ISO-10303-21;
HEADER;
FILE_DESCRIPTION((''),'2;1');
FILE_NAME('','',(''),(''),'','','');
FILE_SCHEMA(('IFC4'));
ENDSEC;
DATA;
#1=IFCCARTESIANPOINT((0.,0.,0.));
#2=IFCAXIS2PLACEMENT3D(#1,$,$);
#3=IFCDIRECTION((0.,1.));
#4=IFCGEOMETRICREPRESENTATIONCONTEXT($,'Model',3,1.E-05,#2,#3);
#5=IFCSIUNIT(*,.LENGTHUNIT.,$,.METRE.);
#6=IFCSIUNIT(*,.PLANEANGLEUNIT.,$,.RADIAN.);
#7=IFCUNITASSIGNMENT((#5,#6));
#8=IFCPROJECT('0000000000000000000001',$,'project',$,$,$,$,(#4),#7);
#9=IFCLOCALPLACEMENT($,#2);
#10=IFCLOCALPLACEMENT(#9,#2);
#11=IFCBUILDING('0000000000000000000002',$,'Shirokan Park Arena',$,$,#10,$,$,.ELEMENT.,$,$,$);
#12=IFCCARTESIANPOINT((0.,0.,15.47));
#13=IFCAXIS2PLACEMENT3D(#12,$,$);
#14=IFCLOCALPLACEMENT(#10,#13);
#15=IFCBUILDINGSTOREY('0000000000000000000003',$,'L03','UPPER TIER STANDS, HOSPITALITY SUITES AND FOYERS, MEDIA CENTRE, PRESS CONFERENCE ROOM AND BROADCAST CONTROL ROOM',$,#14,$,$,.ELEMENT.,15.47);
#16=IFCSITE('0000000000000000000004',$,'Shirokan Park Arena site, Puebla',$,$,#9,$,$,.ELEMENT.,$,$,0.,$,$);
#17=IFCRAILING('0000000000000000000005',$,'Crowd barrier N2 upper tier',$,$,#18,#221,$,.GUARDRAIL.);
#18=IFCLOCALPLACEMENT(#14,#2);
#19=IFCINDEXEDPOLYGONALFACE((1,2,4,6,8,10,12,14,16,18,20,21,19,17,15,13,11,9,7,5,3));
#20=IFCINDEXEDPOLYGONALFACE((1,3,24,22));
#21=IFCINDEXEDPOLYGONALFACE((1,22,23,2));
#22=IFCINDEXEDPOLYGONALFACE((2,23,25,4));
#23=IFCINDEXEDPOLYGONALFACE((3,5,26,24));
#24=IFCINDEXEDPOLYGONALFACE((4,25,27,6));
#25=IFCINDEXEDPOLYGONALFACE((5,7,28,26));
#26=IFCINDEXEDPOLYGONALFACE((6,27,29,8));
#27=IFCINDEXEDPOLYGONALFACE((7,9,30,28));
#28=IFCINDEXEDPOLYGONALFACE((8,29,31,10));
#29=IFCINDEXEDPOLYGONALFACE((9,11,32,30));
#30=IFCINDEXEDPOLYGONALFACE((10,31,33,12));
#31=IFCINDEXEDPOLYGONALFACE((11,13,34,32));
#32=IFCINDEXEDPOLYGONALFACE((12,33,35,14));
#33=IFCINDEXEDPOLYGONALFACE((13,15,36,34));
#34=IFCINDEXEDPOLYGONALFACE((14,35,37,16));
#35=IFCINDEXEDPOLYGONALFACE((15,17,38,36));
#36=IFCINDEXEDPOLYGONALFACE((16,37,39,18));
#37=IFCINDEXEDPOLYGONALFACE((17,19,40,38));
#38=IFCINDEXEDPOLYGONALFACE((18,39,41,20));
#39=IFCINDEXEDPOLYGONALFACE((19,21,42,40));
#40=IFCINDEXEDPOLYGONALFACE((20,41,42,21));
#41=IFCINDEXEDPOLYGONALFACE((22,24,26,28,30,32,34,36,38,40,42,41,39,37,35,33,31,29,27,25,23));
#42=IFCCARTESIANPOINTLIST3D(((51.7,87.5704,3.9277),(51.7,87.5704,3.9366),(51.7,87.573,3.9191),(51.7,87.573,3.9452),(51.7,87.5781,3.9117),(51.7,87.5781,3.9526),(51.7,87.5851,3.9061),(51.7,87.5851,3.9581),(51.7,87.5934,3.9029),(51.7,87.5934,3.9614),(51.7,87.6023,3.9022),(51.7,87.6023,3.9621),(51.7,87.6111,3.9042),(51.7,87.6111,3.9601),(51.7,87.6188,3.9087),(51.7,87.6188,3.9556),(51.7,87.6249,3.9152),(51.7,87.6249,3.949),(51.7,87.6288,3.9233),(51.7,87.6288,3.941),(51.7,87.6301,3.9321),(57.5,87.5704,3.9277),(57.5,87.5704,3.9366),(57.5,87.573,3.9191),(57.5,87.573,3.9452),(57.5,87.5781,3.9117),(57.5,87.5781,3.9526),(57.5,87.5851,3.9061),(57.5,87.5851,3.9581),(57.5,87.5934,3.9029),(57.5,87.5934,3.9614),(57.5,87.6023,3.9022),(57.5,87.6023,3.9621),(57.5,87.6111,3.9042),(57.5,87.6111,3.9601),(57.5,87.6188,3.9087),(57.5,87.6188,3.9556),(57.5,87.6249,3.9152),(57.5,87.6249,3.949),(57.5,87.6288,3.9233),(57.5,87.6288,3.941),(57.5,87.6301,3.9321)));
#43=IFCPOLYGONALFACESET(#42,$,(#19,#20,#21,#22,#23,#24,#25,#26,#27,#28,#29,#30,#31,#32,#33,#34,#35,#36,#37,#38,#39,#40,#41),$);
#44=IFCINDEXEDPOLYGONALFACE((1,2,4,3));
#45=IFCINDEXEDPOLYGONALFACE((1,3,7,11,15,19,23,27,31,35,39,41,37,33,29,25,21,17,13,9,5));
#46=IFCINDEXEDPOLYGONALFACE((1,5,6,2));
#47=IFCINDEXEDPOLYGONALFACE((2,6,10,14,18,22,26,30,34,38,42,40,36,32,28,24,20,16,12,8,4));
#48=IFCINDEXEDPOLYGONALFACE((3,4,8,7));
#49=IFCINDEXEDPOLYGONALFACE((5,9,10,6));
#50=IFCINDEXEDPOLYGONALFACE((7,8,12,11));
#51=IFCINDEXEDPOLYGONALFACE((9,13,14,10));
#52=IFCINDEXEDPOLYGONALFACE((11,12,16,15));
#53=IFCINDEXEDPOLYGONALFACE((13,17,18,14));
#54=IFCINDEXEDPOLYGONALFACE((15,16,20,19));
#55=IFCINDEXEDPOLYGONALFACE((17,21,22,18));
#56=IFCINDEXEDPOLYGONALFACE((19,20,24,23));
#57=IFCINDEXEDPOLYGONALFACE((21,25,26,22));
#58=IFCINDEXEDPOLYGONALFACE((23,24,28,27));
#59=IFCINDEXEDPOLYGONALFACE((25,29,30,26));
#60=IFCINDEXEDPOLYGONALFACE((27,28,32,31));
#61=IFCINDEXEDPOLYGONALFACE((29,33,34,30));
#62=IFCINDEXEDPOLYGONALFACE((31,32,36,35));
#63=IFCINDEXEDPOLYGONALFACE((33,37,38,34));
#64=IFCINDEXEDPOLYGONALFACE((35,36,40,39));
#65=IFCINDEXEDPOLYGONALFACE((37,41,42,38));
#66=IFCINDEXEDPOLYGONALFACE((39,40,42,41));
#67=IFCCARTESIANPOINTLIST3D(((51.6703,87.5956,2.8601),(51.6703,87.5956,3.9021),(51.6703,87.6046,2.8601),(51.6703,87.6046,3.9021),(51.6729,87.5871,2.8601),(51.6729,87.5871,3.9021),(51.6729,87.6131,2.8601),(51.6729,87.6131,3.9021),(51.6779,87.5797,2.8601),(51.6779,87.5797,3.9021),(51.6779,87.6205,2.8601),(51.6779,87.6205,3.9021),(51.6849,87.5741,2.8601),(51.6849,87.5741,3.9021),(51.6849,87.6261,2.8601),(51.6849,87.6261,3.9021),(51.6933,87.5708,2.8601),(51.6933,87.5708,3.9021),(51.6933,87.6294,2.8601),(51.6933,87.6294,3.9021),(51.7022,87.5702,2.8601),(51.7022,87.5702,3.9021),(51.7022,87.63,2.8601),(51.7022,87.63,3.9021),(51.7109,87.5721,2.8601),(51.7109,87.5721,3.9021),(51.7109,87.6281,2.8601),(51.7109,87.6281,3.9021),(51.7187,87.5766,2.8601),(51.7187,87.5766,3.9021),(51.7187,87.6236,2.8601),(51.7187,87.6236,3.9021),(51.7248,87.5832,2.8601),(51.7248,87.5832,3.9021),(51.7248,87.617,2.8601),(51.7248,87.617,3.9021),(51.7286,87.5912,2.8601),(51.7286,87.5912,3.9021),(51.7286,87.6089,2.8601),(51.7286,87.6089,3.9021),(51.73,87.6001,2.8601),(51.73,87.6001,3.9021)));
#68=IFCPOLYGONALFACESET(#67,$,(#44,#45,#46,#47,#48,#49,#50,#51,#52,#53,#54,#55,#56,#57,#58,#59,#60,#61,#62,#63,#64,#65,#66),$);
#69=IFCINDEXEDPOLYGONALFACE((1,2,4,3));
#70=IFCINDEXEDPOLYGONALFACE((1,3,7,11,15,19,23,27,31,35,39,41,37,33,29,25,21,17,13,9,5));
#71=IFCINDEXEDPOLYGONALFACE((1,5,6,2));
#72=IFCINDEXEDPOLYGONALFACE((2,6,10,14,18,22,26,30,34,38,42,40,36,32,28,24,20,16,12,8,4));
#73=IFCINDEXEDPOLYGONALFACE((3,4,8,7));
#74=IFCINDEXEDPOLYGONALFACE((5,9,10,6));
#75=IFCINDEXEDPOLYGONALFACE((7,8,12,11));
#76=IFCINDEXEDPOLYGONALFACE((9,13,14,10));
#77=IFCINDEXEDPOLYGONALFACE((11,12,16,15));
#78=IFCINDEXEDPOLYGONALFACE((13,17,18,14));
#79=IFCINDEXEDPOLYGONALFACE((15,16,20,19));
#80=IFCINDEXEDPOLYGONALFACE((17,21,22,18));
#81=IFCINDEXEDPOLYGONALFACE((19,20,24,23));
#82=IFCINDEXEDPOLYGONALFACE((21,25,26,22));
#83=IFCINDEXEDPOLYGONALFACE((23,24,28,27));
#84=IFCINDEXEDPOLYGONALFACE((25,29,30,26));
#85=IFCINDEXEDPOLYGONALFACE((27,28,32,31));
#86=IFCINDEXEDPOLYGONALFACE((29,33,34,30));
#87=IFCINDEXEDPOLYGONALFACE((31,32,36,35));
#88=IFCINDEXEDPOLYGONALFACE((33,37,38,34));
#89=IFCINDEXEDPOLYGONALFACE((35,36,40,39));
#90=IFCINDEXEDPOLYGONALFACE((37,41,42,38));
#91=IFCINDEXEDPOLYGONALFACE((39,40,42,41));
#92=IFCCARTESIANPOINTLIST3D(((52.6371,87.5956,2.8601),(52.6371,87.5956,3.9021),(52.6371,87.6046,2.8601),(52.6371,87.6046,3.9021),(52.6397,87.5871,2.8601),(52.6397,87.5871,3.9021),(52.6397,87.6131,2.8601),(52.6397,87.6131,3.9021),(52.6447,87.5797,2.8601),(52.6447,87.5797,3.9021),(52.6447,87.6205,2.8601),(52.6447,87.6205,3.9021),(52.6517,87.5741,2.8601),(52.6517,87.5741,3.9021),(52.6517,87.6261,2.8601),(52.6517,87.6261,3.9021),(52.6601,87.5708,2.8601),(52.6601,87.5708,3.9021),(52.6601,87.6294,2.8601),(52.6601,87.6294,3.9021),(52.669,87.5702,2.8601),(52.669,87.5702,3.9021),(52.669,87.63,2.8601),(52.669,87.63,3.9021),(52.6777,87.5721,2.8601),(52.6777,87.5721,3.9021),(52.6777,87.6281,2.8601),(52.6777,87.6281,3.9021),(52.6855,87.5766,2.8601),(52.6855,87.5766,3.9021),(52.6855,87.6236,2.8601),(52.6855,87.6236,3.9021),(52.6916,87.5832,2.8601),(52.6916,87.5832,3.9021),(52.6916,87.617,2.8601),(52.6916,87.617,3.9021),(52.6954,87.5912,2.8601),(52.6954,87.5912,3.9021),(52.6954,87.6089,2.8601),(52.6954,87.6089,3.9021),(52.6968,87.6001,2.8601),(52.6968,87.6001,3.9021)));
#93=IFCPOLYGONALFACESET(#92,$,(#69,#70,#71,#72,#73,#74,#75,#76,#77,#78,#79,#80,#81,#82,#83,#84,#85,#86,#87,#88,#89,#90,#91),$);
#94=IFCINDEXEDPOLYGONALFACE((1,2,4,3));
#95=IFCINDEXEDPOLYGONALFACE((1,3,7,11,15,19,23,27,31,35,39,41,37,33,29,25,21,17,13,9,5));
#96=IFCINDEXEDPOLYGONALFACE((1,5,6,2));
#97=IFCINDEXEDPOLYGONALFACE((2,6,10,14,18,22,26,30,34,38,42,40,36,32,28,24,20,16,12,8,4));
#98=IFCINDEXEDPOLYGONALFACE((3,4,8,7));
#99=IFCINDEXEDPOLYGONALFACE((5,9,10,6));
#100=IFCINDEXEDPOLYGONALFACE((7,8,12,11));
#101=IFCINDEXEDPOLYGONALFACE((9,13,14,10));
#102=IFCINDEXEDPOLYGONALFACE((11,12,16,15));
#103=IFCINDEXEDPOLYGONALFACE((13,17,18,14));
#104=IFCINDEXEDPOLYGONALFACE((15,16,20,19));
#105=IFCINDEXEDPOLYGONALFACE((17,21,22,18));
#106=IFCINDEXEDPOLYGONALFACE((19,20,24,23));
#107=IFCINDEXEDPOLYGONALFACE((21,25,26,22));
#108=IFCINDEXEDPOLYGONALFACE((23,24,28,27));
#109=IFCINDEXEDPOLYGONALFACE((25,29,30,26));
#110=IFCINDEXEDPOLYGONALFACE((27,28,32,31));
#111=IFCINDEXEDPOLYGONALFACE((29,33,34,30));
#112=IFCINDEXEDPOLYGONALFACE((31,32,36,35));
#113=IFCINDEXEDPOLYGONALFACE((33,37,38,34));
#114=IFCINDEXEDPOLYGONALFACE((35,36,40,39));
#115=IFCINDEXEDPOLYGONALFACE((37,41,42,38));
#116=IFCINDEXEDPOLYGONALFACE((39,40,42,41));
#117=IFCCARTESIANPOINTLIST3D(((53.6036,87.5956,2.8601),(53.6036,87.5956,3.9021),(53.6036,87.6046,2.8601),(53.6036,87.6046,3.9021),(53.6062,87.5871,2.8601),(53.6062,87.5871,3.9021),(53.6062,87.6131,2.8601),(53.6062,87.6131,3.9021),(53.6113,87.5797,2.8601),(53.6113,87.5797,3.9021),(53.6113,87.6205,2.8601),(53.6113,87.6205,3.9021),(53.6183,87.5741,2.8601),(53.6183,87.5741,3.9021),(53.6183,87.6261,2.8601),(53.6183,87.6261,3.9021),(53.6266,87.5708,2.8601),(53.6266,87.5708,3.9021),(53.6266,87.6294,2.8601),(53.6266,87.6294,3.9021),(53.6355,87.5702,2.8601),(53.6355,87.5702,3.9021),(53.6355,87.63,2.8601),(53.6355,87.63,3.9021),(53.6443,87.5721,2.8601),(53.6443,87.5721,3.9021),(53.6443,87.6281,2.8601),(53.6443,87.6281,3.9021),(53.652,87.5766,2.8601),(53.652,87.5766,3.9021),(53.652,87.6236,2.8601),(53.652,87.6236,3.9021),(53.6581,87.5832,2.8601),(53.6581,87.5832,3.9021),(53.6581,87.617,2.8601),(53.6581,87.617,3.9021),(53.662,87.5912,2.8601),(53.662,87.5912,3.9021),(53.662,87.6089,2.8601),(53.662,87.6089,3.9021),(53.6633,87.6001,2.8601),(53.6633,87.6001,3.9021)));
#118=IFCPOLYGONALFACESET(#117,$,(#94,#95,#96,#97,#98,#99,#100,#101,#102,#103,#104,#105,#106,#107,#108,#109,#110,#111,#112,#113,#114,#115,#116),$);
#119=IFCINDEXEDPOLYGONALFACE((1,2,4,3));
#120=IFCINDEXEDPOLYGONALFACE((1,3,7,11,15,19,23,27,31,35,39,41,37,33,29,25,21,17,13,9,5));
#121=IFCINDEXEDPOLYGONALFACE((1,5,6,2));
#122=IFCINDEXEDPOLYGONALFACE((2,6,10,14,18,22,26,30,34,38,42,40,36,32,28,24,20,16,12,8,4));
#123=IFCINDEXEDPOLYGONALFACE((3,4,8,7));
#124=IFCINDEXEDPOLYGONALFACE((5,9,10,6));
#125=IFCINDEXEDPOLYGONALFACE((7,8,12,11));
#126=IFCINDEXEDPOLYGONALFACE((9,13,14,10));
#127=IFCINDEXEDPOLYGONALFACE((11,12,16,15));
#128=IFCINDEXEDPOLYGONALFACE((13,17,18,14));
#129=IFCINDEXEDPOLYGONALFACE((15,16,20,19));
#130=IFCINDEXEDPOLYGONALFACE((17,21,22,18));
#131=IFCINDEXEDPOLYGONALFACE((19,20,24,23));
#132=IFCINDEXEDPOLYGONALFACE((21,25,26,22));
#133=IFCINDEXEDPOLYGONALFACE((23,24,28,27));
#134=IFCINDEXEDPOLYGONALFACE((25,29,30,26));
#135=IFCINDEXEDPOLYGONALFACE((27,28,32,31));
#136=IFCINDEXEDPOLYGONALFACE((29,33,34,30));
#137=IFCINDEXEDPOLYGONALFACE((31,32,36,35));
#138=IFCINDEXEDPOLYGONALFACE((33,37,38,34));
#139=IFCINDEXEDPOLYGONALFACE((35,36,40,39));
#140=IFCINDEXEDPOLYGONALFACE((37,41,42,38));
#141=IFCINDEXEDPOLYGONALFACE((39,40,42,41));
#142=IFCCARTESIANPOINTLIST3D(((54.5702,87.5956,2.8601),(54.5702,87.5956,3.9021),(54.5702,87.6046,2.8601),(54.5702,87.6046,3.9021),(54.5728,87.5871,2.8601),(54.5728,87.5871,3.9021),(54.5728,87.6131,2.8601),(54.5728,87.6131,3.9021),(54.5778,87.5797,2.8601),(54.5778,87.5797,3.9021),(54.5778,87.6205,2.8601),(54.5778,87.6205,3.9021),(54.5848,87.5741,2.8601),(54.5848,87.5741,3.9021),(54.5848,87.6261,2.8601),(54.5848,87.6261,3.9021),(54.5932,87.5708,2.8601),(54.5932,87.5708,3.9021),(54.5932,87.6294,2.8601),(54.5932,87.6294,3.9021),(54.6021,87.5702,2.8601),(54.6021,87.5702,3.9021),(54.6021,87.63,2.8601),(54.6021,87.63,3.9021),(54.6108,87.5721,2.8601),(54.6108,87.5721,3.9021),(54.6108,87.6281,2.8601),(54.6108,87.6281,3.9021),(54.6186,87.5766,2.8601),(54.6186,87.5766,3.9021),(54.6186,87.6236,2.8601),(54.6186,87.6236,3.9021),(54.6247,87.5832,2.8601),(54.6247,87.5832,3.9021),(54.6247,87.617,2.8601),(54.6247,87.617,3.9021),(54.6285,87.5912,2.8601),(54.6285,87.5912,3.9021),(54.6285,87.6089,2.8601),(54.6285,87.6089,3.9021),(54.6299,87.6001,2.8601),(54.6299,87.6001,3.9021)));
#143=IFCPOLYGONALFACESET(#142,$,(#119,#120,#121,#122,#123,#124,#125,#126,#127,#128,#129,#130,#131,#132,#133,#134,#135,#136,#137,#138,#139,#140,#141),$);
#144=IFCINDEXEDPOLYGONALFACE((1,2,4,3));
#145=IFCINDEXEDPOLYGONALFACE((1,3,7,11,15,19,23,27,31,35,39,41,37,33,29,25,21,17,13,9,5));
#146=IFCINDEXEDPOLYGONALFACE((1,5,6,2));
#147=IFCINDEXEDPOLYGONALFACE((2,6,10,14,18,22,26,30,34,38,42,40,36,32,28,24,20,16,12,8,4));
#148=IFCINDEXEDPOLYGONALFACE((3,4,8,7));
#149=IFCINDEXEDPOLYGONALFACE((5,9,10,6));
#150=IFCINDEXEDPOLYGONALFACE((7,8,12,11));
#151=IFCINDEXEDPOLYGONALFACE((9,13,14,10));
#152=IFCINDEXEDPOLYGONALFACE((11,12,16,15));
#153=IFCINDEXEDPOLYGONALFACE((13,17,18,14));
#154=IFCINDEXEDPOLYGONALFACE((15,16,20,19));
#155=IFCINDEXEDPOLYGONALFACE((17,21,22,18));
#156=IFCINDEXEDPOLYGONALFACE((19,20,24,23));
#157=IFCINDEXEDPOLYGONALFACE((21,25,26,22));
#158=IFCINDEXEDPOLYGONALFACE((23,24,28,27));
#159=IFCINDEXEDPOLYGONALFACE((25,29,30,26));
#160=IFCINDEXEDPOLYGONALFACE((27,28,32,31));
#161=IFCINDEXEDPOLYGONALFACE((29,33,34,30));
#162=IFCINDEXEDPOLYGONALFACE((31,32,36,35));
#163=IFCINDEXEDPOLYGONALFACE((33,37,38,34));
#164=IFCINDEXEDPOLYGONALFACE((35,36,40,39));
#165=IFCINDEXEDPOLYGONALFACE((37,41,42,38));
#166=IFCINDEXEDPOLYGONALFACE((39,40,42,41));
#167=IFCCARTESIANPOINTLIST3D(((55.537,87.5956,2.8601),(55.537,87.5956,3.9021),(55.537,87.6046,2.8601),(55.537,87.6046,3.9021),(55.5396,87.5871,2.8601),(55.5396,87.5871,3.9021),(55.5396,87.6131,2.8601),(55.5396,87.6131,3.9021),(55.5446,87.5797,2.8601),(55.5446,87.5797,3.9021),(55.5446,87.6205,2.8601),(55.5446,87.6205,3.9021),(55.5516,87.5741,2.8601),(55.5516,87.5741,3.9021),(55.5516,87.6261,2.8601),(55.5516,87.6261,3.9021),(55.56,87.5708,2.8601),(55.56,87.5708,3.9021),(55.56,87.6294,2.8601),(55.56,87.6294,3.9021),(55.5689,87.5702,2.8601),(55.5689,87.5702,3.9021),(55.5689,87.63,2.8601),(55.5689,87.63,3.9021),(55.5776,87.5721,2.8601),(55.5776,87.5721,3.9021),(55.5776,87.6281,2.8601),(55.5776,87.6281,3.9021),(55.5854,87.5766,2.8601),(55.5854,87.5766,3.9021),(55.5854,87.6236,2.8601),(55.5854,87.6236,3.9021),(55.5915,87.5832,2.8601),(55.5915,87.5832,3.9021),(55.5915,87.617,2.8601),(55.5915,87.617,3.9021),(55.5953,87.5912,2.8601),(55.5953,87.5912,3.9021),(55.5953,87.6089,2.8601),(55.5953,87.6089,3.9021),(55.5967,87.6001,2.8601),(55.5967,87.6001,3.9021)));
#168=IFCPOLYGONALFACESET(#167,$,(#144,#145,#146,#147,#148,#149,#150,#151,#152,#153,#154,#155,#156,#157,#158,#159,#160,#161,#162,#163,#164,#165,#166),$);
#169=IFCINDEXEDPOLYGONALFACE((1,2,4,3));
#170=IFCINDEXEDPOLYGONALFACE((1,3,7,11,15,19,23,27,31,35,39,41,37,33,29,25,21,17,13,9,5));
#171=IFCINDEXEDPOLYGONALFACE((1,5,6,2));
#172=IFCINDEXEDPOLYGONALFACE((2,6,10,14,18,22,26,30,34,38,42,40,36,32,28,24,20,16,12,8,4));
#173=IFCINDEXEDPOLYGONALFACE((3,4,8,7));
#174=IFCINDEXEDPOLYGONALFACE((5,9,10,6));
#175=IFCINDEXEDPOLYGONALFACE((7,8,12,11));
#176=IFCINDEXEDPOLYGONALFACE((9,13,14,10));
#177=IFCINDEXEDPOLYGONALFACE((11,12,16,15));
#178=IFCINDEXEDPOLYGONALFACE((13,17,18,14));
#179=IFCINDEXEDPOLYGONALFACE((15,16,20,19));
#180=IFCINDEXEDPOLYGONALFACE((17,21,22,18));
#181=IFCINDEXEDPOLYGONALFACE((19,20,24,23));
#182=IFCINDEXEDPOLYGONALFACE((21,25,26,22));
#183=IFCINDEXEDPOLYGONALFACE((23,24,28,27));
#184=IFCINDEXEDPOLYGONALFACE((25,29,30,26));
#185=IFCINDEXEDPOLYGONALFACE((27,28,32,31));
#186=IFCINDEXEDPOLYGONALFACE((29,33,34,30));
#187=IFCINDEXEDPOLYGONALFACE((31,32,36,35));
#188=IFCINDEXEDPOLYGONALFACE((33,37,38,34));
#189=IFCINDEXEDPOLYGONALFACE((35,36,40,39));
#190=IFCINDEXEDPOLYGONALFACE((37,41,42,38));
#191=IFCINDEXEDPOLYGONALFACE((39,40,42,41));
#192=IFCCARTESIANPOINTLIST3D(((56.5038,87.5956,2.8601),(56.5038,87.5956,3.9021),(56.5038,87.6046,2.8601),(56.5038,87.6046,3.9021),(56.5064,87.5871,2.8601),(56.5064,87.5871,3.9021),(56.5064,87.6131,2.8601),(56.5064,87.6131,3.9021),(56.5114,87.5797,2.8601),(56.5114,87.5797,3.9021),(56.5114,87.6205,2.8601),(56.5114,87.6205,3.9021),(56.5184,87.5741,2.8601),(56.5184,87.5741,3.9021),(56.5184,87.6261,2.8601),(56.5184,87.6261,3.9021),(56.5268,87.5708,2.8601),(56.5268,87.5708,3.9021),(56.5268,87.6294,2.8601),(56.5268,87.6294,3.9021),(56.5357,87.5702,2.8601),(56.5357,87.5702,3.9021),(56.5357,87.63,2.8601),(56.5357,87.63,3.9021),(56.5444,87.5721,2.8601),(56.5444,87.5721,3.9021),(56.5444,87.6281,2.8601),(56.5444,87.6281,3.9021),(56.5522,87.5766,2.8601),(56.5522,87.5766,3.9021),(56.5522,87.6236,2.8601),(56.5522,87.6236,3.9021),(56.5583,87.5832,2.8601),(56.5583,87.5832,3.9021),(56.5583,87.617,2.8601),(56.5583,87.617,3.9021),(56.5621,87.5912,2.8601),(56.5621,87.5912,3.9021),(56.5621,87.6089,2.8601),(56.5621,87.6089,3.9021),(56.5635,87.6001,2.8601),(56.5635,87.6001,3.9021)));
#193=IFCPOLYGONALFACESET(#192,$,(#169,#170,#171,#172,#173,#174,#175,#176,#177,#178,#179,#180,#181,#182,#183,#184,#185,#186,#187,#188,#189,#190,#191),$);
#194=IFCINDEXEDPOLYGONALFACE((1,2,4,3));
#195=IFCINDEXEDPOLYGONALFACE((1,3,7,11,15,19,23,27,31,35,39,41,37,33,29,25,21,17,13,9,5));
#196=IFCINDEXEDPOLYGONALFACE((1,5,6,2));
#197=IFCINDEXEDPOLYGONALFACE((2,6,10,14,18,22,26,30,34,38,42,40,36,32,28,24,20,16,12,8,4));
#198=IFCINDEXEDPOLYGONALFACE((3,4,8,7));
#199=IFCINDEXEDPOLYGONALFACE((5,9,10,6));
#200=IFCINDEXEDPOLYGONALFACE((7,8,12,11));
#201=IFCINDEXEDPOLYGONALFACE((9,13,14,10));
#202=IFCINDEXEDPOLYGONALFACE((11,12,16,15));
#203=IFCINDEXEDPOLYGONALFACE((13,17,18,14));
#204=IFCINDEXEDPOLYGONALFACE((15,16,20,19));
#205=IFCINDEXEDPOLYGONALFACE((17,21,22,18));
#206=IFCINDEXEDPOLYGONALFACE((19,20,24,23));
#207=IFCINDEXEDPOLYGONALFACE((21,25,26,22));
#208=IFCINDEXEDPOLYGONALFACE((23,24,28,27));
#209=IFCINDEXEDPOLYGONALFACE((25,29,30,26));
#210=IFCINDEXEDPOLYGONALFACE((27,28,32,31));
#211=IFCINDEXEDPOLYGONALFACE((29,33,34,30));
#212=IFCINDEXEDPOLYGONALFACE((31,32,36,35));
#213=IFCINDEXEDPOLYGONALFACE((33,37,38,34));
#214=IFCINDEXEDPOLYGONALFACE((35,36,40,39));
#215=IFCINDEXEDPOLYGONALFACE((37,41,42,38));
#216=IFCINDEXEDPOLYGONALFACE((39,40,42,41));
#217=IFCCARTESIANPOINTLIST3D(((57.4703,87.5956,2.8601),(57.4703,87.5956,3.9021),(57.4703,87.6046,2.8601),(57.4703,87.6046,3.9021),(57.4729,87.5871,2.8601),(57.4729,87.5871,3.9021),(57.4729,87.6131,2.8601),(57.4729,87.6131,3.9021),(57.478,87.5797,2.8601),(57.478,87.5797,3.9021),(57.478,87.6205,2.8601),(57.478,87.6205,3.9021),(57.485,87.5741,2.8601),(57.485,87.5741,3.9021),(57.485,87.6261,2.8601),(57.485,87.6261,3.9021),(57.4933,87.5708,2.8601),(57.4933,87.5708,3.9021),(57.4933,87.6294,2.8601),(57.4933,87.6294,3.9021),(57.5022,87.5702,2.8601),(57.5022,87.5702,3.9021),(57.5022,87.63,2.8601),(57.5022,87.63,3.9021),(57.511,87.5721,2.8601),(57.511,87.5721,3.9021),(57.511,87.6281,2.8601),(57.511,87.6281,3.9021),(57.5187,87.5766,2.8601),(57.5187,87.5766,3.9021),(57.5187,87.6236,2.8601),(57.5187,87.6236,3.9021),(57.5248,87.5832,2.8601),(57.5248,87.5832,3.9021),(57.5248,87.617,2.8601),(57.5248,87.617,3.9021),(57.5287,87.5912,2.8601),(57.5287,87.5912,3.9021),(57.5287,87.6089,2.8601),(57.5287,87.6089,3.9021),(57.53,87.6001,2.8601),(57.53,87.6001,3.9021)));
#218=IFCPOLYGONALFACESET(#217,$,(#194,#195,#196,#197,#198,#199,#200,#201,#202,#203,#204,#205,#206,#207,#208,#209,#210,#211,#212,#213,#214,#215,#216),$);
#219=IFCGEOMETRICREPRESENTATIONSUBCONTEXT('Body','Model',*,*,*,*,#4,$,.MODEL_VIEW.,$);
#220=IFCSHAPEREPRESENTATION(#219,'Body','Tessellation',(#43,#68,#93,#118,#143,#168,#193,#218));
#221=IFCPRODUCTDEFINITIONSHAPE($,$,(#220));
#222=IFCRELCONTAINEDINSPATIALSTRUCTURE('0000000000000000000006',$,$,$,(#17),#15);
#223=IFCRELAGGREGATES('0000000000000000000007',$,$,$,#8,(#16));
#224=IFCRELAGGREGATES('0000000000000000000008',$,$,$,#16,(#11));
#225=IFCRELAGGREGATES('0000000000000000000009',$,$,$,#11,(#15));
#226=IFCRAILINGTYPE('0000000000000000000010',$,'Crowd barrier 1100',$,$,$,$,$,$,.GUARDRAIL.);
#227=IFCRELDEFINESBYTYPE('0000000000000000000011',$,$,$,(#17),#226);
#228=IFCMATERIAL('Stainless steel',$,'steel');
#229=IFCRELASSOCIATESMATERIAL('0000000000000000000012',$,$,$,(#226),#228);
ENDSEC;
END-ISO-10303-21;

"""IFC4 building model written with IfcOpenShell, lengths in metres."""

from ifc_helpers import new_model, si_unit, direction, frame, origin, origin_2d, place, context, subcontext, project, spatial, circle, extrude, material, type_object, element, save


model = new_model("IFC4")

# Units and contexts
model_context = context("Model", 3, precision=1e-05, world=origin(), true_north=direction((0.0, 1.0)))
body_context = subcontext(model_context, "Body", "Model", "MODEL_VIEW")
ifc_project = project(units=[si_unit("LENGTHUNIT", "METRE"), si_unit("PLANEANGLEUNIT", "RADIAN")], contexts=[model_context])

# Site, building, storey
site_placement = place(None, origin())
site = spatial("IfcSite", under=ifc_project, at=site_placement, Name="Shirokan Park Arena site, Puebla", CompositionType="ELEMENT", RefElevation=0.0)
building_placement = place(site_placement, origin())
building = spatial("IfcBuilding", under=site, at=building_placement, Name="Shirokan Park Arena", CompositionType="ELEMENT")
storey_placement = place(building_placement, frame((0.0, 0.0, 15.47)))
storey = spatial("IfcBuildingStorey", under=building, at=storey_placement, Name="L03", Description="UPPER TIER STANDS, HOSPITALITY SUITES AND FOYERS, MEDIA CENTRE, PRESS CONFERENCE ROOM AND BROADCAST CONTROL ROOM", CompositionType="ELEMENT", Elevation=15.47)

# Railing
ifc_material_1 = material(Name="Stainless steel", Category="steel")
railing_type_1 = type_object("IfcRailingType", Name="Crowd barrier 1100", PredefinedType="GUARDRAIL", material=ifc_material_1)
railing_1_placement = place(storey_placement, frame((51.7, 87.6001, 2.8601)))
element("IfcRailing", 1, at=railing_1_placement, inside=storey, type_object=railing_type_1, Name="Crowd barrier N2 upper tier", PredefinedType="GUARDRAIL", context=body_context, shape_type="SweptSolid", body=[
    extrude(circle(Radius=0.03, at=origin_2d()), frame((0.0, 0.0, 1.072), z_axis=(1.0, 0.0, 0.0), x_axis=(0.0, 1.0, 0.0)), (0.0, 0.0, 1.0), 5.8),
    extrude(circle(Radius=0.03, at=origin_2d()), origin(), (0.0, 0.0, 1.0), 1.042),
    extrude(circle(Radius=0.03, at=origin_2d()), frame((0.9668, 0.0, 0.0)), (0.0, 0.0, 1.0), 1.042),
    extrude(circle(Radius=0.03, at=origin_2d()), frame((1.9333, 0.0, 0.0)), (0.0, 0.0, 1.0), 1.042),
    extrude(circle(Radius=0.03, at=origin_2d()), frame((2.8999, 0.0, 0.0)), (0.0, 0.0, 1.0), 1.042),
    extrude(circle(Radius=0.03, at=origin_2d()), frame((3.8667, 0.0, 0.0)), (0.0, 0.0, 1.0), 1.042),
    extrude(circle(Radius=0.03, at=origin_2d()), frame((4.8335, 0.0, 0.0)), (0.0, 0.0, 1.0), 1.042),
    extrude(circle(Radius=0.03, at=origin_2d()), frame((5.8, 0.0, 0.0)), (0.0, 0.0, 1.0), 1.042),
])

save(model, "model.ifc")
